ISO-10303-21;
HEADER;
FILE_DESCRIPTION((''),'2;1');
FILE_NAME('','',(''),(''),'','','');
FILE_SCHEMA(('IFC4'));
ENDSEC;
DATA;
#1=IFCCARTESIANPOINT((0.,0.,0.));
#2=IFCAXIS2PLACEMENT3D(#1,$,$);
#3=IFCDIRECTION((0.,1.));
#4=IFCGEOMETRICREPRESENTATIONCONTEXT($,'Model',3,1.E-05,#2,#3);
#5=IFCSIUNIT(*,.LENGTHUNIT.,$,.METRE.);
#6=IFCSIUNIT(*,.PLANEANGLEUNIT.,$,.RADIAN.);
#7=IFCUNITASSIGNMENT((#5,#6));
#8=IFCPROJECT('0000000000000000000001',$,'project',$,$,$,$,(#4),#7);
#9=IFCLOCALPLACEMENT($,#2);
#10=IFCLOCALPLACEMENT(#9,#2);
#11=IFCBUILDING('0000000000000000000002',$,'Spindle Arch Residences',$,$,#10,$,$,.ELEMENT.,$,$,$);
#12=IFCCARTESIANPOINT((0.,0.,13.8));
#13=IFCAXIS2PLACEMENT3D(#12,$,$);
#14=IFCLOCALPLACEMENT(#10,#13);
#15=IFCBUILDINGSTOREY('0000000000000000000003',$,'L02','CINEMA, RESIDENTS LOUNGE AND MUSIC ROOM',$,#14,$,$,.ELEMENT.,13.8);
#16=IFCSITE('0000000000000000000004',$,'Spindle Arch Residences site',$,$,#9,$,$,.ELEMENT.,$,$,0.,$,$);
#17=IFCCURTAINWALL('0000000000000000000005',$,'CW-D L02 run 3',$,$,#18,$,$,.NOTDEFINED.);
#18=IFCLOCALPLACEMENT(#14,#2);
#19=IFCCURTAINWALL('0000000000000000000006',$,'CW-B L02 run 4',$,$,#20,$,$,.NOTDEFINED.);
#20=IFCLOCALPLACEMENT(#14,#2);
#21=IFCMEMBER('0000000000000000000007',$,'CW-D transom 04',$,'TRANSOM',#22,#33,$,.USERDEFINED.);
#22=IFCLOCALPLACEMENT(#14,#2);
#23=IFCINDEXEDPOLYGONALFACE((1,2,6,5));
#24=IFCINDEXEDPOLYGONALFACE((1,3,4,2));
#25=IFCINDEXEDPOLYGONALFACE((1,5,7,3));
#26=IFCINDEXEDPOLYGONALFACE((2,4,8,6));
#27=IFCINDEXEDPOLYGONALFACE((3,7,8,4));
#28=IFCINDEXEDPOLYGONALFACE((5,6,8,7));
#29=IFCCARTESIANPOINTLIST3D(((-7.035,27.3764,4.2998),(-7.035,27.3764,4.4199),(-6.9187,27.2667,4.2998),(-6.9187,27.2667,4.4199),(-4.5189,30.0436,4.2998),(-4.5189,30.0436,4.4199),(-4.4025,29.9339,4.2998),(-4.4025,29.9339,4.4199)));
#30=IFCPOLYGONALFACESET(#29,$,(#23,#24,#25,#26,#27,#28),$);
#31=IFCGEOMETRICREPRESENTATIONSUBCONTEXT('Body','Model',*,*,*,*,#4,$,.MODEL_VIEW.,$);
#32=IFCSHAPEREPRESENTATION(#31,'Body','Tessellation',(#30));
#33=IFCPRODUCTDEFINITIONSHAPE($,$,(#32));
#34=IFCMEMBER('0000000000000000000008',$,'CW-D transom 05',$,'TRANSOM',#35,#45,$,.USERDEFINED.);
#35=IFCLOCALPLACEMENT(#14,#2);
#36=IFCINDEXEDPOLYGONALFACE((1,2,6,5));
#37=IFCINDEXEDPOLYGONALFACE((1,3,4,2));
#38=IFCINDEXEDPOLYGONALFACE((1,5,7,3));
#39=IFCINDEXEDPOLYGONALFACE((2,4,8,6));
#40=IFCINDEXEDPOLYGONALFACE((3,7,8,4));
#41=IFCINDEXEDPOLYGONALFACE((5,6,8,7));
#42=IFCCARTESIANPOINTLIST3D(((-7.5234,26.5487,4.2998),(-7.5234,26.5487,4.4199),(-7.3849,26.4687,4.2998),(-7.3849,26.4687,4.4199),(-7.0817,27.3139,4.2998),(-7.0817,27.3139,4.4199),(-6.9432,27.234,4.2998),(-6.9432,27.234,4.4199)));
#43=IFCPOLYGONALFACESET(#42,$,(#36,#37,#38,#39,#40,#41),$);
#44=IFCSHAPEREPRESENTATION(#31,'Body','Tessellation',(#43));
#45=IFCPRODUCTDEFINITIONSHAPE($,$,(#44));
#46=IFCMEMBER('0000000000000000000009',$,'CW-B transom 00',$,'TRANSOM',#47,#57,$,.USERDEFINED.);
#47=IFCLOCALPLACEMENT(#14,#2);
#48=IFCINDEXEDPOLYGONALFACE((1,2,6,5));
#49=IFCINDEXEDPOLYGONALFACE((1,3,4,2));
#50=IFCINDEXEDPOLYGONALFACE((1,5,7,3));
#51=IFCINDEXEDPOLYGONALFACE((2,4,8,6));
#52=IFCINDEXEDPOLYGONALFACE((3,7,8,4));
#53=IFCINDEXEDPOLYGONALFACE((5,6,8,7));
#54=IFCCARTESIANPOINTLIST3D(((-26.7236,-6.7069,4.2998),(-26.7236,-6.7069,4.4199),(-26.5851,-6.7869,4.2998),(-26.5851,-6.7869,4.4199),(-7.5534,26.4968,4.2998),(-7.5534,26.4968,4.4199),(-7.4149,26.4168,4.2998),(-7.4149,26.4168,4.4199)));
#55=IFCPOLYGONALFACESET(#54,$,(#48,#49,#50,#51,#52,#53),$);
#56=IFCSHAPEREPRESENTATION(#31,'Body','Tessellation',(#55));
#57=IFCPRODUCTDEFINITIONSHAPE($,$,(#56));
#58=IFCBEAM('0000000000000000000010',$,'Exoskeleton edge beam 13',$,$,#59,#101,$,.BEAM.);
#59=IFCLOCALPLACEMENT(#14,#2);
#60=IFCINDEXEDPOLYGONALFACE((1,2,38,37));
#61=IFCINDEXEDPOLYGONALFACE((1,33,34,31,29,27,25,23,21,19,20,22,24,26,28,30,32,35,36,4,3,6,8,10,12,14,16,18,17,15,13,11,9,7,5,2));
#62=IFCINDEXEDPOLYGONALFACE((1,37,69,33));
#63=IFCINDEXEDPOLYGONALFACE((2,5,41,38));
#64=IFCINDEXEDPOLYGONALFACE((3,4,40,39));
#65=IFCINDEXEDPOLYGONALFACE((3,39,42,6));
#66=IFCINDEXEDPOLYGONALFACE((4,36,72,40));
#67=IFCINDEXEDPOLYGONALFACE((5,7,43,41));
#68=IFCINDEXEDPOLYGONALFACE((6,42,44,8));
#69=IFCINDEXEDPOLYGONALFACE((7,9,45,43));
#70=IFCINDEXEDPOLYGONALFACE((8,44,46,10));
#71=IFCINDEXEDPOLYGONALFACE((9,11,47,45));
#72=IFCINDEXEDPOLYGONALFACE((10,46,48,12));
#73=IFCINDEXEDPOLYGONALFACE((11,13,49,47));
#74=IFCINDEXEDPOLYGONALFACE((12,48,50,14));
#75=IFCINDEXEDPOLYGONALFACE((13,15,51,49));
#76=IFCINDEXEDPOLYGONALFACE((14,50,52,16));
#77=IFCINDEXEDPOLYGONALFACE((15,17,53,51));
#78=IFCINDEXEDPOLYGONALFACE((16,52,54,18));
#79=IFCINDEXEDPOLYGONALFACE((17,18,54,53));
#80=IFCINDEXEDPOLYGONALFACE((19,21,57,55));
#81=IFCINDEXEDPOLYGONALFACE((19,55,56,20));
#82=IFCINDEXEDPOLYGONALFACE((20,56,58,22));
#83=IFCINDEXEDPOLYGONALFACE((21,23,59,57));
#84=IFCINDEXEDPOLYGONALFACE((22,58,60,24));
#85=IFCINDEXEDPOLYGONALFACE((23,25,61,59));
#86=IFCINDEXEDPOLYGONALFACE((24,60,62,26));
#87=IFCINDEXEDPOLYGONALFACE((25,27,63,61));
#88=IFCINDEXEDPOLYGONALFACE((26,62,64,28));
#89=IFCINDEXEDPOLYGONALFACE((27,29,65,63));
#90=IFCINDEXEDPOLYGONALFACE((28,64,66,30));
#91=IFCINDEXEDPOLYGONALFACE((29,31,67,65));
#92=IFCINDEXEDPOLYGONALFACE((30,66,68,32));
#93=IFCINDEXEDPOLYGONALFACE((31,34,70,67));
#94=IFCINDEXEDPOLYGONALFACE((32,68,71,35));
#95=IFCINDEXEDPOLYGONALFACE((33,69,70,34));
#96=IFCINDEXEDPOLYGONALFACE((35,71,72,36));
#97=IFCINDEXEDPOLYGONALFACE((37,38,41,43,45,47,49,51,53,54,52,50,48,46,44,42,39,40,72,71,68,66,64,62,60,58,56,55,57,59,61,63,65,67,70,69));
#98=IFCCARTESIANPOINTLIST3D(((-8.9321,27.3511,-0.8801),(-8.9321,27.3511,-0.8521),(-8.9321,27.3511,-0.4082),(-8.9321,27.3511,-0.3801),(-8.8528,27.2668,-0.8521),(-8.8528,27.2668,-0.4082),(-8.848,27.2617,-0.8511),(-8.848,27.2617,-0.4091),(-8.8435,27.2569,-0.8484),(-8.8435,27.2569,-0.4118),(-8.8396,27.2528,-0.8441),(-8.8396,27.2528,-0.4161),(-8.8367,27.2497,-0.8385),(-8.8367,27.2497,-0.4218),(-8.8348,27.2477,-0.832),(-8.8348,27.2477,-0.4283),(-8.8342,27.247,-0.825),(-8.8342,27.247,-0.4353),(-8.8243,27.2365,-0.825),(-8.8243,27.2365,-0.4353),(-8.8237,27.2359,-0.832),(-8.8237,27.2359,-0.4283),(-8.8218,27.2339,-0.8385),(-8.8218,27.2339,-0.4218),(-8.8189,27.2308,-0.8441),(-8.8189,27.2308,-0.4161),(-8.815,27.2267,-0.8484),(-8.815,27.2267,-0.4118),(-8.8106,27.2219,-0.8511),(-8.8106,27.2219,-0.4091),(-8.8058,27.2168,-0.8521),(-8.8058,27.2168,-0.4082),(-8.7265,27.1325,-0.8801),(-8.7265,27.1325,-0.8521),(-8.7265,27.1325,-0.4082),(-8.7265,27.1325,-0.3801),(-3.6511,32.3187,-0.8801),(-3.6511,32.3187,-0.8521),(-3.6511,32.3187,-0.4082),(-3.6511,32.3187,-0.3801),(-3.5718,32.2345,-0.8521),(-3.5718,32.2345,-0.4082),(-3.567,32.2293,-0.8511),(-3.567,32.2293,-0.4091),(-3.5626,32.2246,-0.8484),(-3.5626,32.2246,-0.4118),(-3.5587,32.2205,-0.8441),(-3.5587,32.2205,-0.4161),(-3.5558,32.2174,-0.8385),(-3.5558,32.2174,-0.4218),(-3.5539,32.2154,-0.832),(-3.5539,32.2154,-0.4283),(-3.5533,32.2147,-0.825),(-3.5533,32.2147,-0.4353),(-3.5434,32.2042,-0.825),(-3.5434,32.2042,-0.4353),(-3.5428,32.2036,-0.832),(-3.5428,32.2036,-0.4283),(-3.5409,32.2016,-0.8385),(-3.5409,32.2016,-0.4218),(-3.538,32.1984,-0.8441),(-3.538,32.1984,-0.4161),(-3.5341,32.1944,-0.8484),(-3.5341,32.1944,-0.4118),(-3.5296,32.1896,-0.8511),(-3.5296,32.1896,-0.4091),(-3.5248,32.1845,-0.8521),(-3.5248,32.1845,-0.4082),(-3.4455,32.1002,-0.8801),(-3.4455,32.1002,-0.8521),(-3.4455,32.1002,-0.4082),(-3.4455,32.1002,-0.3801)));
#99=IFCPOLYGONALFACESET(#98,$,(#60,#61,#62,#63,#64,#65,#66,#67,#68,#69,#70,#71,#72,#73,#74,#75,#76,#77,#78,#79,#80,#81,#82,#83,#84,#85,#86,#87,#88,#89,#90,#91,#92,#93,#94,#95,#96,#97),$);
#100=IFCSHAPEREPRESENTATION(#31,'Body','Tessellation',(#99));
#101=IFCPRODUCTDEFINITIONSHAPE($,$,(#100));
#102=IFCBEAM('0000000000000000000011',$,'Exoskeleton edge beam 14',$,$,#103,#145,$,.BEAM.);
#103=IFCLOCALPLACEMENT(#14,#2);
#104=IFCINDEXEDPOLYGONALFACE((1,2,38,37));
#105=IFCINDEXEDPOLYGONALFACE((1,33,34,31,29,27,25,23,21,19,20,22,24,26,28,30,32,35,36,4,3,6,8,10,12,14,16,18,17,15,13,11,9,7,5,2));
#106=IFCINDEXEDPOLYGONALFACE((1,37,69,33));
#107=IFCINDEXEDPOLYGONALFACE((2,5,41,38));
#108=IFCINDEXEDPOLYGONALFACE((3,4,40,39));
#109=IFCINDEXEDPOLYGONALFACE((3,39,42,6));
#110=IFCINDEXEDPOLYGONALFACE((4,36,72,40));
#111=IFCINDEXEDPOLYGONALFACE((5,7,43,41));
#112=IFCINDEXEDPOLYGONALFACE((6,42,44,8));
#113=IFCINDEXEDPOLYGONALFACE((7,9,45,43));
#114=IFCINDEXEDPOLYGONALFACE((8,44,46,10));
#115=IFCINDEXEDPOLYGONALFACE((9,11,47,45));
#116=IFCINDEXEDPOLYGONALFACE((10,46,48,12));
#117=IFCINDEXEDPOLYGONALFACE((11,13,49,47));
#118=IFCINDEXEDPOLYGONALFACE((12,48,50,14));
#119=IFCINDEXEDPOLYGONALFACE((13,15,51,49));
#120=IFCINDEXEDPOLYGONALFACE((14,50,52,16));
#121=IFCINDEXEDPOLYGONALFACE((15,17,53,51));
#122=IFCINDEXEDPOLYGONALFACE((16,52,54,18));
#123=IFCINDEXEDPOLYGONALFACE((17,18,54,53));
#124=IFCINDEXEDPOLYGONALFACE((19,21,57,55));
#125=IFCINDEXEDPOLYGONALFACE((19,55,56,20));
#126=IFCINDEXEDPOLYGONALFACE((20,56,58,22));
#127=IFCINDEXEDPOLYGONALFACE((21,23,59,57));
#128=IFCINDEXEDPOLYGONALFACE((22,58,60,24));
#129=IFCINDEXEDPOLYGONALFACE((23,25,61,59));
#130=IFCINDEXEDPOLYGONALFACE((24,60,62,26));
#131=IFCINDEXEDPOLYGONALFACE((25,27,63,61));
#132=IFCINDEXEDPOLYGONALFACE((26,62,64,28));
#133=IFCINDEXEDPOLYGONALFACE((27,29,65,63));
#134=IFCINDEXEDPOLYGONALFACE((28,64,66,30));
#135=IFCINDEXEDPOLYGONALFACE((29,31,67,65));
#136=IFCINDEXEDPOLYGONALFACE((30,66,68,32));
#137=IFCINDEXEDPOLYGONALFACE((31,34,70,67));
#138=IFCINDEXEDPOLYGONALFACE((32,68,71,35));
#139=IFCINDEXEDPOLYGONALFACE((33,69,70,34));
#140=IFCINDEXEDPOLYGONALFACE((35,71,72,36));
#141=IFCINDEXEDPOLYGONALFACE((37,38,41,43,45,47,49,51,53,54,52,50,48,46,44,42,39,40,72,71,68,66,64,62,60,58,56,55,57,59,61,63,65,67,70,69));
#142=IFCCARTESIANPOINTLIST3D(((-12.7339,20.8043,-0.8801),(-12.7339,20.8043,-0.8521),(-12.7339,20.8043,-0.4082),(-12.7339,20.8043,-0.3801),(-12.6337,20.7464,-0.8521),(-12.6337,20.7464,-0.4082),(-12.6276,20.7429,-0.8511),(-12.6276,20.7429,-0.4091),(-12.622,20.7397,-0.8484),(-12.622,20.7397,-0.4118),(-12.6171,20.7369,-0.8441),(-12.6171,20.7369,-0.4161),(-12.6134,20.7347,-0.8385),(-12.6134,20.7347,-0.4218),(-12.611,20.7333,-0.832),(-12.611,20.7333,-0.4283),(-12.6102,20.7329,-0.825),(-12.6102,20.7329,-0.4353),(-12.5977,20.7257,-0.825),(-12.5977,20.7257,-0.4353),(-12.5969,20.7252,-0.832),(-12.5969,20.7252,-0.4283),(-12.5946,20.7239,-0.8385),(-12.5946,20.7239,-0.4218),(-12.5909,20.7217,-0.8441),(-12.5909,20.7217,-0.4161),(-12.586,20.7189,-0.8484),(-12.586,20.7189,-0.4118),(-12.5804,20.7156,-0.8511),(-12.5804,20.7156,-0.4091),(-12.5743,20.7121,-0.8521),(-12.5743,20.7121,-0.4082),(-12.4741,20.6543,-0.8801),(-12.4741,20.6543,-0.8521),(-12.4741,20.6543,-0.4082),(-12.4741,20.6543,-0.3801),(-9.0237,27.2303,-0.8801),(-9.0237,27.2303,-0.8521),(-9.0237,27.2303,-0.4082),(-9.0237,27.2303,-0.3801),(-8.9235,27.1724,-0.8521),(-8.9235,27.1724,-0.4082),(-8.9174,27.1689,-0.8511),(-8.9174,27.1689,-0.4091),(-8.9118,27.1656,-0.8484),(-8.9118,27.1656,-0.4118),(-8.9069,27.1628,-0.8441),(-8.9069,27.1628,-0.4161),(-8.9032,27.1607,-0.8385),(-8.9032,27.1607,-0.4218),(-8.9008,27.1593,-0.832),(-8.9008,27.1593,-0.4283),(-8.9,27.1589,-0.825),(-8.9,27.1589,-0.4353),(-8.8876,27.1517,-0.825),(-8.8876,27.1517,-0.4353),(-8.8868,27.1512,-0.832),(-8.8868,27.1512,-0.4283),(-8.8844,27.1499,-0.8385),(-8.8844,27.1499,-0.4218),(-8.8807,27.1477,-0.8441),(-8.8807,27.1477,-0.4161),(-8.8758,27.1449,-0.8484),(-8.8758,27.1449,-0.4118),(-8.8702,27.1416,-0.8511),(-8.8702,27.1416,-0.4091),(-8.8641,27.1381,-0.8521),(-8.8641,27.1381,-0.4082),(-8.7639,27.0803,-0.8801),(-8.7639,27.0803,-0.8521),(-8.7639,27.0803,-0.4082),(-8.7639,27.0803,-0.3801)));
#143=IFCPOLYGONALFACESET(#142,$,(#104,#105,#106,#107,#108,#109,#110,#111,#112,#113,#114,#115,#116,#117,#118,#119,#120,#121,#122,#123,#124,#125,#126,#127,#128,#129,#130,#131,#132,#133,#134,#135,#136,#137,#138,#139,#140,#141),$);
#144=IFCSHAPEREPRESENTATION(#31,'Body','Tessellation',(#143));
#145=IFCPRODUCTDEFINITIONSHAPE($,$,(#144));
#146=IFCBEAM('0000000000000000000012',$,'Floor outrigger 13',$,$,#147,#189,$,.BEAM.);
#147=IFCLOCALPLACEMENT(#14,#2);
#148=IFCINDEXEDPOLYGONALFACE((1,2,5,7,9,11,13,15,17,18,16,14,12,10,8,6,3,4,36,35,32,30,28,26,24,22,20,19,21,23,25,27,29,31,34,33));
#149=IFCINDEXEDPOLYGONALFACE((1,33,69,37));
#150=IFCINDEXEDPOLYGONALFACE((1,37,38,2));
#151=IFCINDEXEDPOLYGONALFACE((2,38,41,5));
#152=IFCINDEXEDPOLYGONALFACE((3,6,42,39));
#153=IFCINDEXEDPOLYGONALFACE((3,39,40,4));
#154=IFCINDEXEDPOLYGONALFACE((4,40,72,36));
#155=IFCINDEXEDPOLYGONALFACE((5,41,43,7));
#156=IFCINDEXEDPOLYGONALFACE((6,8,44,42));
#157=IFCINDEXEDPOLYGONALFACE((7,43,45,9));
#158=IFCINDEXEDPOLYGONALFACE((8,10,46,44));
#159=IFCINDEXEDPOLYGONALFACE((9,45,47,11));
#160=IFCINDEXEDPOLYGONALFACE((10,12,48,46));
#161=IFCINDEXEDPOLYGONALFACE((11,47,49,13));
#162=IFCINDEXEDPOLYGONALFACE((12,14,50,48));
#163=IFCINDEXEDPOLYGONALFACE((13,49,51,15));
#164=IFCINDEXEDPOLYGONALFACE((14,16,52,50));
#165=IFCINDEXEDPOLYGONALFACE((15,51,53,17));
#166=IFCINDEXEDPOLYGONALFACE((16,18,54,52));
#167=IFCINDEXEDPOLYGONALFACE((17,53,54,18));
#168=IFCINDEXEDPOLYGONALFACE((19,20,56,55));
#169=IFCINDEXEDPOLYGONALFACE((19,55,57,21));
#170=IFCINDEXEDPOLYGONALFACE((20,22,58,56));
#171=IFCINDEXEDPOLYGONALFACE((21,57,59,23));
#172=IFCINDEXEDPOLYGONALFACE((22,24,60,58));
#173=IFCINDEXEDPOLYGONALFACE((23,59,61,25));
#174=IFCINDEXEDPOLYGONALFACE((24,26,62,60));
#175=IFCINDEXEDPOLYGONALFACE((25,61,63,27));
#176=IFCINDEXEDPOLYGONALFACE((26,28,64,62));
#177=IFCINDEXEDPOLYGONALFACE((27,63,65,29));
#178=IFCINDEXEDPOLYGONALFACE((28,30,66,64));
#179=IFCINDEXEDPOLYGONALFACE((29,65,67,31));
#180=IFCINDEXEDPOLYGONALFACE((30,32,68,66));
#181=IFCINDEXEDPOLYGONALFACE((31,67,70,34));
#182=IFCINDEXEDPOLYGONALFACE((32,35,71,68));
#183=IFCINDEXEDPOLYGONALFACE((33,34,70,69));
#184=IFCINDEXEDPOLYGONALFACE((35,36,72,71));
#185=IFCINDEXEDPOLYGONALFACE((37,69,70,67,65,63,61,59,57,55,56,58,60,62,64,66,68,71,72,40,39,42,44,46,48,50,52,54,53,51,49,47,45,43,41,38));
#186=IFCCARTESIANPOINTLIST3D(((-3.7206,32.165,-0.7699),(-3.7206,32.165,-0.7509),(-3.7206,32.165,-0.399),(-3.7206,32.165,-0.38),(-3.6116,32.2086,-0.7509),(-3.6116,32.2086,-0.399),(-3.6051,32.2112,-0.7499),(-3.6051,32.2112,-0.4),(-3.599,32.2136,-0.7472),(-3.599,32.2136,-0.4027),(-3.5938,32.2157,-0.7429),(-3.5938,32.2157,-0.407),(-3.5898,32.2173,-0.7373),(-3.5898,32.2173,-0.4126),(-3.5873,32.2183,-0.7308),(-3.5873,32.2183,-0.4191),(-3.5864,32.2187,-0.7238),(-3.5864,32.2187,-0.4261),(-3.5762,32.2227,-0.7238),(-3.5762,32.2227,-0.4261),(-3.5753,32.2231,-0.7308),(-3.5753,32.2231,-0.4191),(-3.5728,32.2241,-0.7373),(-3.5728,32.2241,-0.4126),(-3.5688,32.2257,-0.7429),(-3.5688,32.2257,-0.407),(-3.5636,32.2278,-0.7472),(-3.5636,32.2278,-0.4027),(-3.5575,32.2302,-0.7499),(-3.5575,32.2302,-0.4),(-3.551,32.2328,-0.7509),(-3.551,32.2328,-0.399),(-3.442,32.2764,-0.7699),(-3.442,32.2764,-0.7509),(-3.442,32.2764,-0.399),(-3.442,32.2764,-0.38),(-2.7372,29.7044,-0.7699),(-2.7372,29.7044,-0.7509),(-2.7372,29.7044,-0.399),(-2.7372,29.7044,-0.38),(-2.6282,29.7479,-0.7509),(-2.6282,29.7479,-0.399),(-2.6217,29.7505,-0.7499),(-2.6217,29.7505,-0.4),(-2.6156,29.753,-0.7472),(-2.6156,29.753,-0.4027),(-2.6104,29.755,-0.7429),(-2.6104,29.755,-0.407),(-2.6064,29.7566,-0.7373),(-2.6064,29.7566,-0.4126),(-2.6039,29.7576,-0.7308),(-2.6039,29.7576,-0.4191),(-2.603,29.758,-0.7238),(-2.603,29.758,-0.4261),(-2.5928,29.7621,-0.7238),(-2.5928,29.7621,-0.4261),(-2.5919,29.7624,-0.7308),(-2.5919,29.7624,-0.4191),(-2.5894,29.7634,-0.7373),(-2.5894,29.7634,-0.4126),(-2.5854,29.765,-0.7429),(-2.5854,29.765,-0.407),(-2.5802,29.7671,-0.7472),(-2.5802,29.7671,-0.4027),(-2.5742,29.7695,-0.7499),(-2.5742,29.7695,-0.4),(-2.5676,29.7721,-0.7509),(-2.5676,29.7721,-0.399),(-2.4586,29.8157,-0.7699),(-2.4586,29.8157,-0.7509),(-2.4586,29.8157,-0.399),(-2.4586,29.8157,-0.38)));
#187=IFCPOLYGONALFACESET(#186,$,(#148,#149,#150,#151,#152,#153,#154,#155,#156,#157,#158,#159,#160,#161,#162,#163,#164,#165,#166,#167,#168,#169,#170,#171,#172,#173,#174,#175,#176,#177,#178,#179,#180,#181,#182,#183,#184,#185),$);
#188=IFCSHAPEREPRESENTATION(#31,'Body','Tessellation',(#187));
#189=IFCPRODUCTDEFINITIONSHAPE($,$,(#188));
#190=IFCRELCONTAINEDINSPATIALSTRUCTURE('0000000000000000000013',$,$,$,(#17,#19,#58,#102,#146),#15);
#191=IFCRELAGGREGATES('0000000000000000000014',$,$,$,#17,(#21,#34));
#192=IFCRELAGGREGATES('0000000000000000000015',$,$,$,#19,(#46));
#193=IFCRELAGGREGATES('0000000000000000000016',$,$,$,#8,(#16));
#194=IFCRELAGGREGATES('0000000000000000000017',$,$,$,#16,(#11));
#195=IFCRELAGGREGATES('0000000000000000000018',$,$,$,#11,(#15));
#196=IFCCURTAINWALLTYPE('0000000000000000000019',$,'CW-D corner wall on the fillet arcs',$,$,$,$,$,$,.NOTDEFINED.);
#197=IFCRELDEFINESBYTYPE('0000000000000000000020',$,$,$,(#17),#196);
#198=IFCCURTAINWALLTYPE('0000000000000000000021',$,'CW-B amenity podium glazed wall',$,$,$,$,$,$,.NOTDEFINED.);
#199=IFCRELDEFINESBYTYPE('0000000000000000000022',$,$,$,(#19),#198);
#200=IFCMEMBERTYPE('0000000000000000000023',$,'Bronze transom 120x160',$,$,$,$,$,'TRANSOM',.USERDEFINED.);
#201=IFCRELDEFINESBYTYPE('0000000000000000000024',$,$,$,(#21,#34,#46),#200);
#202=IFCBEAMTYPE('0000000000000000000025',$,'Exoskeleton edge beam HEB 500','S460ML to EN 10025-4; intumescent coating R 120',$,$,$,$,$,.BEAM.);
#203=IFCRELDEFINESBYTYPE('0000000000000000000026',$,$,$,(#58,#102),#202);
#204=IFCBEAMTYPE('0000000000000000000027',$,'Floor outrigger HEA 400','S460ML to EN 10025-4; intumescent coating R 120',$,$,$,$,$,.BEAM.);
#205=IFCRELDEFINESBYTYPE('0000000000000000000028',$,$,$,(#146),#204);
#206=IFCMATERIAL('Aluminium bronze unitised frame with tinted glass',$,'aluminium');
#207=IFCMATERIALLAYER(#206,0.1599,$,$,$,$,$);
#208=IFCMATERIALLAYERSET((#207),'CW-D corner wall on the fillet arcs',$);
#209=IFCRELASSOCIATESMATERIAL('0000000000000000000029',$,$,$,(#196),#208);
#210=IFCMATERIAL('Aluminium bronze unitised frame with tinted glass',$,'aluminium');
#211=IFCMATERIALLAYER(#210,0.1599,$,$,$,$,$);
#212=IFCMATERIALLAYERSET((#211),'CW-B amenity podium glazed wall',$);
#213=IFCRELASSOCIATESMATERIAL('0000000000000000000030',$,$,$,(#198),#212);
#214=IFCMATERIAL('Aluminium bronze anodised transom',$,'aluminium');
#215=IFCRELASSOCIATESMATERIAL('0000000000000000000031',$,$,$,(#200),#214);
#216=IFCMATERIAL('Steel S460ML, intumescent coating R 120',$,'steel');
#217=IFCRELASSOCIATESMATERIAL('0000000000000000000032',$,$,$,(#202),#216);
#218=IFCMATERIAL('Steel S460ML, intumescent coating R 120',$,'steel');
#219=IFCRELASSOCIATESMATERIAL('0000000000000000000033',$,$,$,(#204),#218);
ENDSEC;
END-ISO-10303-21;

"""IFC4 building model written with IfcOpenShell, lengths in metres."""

from ifc_helpers import new_model, si_unit, direction, frame, origin, origin_2d, place, context, subcontext, project, spatial, rectangle, i_section, extrude, material, layer, layer_set, material_profile, profile_set, type_object, element, aggregate, save


model = new_model("IFC4")

# Units and contexts
model_context = context("Model", 3, precision=1e-05, world=origin(), true_north=direction((0.0, 1.0)))
body_context = subcontext(model_context, "Body", "Model", "MODEL_VIEW")
ifc_project = project(units=[si_unit("LENGTHUNIT", "METRE"), si_unit("PLANEANGLEUNIT", "RADIAN")], contexts=[model_context])

# Site, building, storey
site_placement = place(None, origin())
site = spatial("IfcSite", under=ifc_project, at=site_placement, Name="Spindle Arch Residences site", CompositionType="ELEMENT", RefElevation=0.0)
building_placement = place(site_placement, origin())
building = spatial("IfcBuilding", under=site, at=building_placement, Name="Spindle Arch Residences", CompositionType="ELEMENT")
storey_placement = place(building_placement, frame((0.0, 0.0, 13.8)))
storey = spatial("IfcBuildingStorey", under=building, at=storey_placement, Name="L02", Description="CINEMA, RESIDENTS LOUNGE AND MUSIC ROOM", CompositionType="ELEMENT", Elevation=13.8)

# Curtain wall
ifc_material_1 = material(Name="Aluminium bronze unitised frame with tinted glass", Category="aluminium")
ifc_layer_1 = layer(ifc_material_1, 0.1599)
ifc_layer_set_1 = layer_set([ifc_layer_1], Name="CW-D corner wall on the fillet arcs")
curtain_wall_type_1 = type_object("IfcCurtainWallType", Name="CW-D corner wall on the fillet arcs", PredefinedType="NOTDEFINED", material=ifc_layer_set_1)
curtain_wall_1_placement = place(storey_placement, origin())
curtain_wall_1 = element("IfcCurtainWall", 1, at=curtain_wall_1_placement, inside=storey, type_object=curtain_wall_type_1, Name="CW-D L02 run 3", PredefinedType="NOTDEFINED")

# Curtain wall
ifc_material_2 = material(Name="Aluminium bronze unitised frame with tinted glass", Category="aluminium")
ifc_layer_2 = layer(ifc_material_2, 0.1599)
ifc_layer_set_2 = layer_set([ifc_layer_2], Name="CW-B amenity podium glazed wall")
curtain_wall_type_2 = type_object("IfcCurtainWallType", Name="CW-B amenity podium glazed wall", PredefinedType="NOTDEFINED", material=ifc_layer_set_2)
curtain_wall_2_placement = place(storey_placement, origin())
curtain_wall_2 = element("IfcCurtainWall", 2, at=curtain_wall_2_placement, inside=storey, type_object=curtain_wall_type_2, Name="CW-B L02 run 4", PredefinedType="NOTDEFINED")

# Members
ifc_material_3 = material(Name="Aluminium bronze anodised transom", Category="aluminium")
ifc_material_profile_1 = material_profile(ifc_material_3, rectangle(XDim=0.1599, YDim=0.1201, at=origin_2d()), Name="TR 120x160")
ifc_profile_set_1 = profile_set([ifc_material_profile_1], Name="Aluminium bronze anodised transom")
member_type_1 = type_object("IfcMemberType", Name="Bronze transom 120x160", ElementType="TRANSOM", PredefinedType="USERDEFINED", material=ifc_profile_set_1)
member_1_placement = place(storey_placement, frame((-4.4607, 29.9888, 4.3599), z_axis=(-0.686199, -0.727414, 0.0), x_axis=(0.727414, -0.686199, 0.0)))
member_1 = element("IfcMember", 3, at=member_1_placement, type_object=member_type_1, Name="CW-D transom 04", ObjectType="TRANSOM", PredefinedType="USERDEFINED", context=body_context, shape_type="SweptSolid", body=[
    extrude(rectangle(XDim=0.1599, YDim=0.1201, at=origin_2d()), origin(), (0.0, 0.0, 1.0), 3.6667),
])
member_2_placement = place(storey_placement, frame((-7.0125, 27.2739, 4.3599), z_axis=(-0.499914, -0.866075, 0.0), x_axis=(0.866075, -0.499914, 0.0)))
member_2 = element("IfcMember", 4, at=member_2_placement, type_object=member_type_1, Name="CW-D transom 05", ObjectType="TRANSOM", PredefinedType="USERDEFINED", context=body_context, shape_type="SweptSolid", body=[
    extrude(rectangle(XDim=0.1599, YDim=0.1201, at=origin_2d()), origin(), (0.0, 0.0, 1.0), 0.8835),
])
member_3_placement = place(storey_placement, frame((-7.4841, 26.4568, 4.3599), z_axis=(-0.500001, -0.866025, 0.0), x_axis=(0.866025, -0.500001, 0.0)))
member_3 = element("IfcMember", 5, at=member_3_placement, type_object=member_type_1, Name="CW-B transom 00", ObjectType="TRANSOM", PredefinedType="USERDEFINED", context=body_context, shape_type="SweptSolid", body=[
    extrude(rectangle(XDim=0.1599, YDim=0.1201, at=origin_2d()), origin(), (0.0, 0.0, 1.0), 38.3403),
])

# Beams
ifc_material_4 = material(Name="Steel S460ML, intumescent coating R 120", Category="steel")
ifc_material_profile_2 = material_profile(ifc_material_4, i_section(OverallWidth=0.3, OverallDepth=0.5, WebThickness=0.0144, FlangeThickness=0.0281, FilletRadius=0.0271, at=origin_2d()), Name="HEB 500")
ifc_profile_set_2 = profile_set([ifc_material_profile_2], Name="Steel S460ML, intumescent coating R 120")
beam_type_1 = type_object("IfcBeamType", Name="Exoskeleton edge beam HEB 500", Description="S460ML to EN 10025-4; intumescent coating R 120", PredefinedType="BEAM", material=ifc_profile_set_2)
beam_1_placement = place(storey_placement, frame((-3.5483, 32.2095, -0.6301), z_axis=(-0.728378, -0.685176, 0.0), x_axis=(0.685176, -0.728378, 0.0)))
element("IfcBeam", 6, at=beam_1_placement, inside=storey, type_object=beam_type_1, Name="Exoskeleton edge beam 13", PredefinedType="BEAM", context=body_context, shape_type="SweptSolid", body=[
    extrude(i_section(OverallWidth=0.3, OverallDepth=0.5, WebThickness=0.0144, FlangeThickness=0.0281, FilletRadius=0.0271, at=origin_2d()), origin(), (0.0, 0.0, 1.0), 7.2502),
])
beam_2_placement = place(storey_placement, frame((-8.8938, 27.1553, -0.6301), z_axis=(-0.500014, -0.866017, 0.0), x_axis=(0.866017, -0.500014, 0.0)))
element("IfcBeam", 7, at=beam_2_placement, inside=storey, type_object=beam_type_1, Name="Exoskeleton edge beam 14", PredefinedType="BEAM", context=body_context, shape_type="SweptSolid", body=[
    extrude(i_section(OverallWidth=0.3, OverallDepth=0.5, WebThickness=0.0144, FlangeThickness=0.0281, FilletRadius=0.0271, at=origin_2d()), origin(), (0.0, 0.0, 1.0), 7.4202),
])
ifc_material_5 = material(Name="Steel S460ML, intumescent coating R 120", Category="steel")
ifc_material_profile_3 = material_profile(ifc_material_5, i_section(OverallWidth=0.3, OverallDepth=0.3899, WebThickness=0.011, FlangeThickness=0.019, FilletRadius=0.0271, at=origin_2d()), Name="HEA 400")
ifc_profile_set_3 = profile_set([ifc_material_profile_3], Name="Steel S460ML, intumescent coating R 120")
beam_type_2 = type_object("IfcBeamType", Name="Floor outrigger HEA 400", Description="S460ML to EN 10025-4; intumescent coating R 120", PredefinedType="BEAM", material=ifc_profile_set_3)
beam_3_placement = place(storey_placement, frame((-3.5813, 32.2207, -0.575), z_axis=(0.371105, -0.928591, 0.0), x_axis=(0.928591, 0.371105, 0.0)))
element("IfcBeam", 8, at=beam_3_placement, inside=storey, type_object=beam_type_2, Name="Floor outrigger 13", PredefinedType="BEAM", context=body_context, shape_type="SweptSolid", body=[
    extrude(i_section(OverallWidth=0.3, OverallDepth=0.3899, WebThickness=0.011, FlangeThickness=0.019, FilletRadius=0.0271, at=origin_2d()), origin(), (0.0, 0.0, 1.0), 2.6499),
])

aggregate(curtain_wall_1, [member_1, member_2])
aggregate(curtain_wall_2, [member_3])

save(model, "model.ifc")
